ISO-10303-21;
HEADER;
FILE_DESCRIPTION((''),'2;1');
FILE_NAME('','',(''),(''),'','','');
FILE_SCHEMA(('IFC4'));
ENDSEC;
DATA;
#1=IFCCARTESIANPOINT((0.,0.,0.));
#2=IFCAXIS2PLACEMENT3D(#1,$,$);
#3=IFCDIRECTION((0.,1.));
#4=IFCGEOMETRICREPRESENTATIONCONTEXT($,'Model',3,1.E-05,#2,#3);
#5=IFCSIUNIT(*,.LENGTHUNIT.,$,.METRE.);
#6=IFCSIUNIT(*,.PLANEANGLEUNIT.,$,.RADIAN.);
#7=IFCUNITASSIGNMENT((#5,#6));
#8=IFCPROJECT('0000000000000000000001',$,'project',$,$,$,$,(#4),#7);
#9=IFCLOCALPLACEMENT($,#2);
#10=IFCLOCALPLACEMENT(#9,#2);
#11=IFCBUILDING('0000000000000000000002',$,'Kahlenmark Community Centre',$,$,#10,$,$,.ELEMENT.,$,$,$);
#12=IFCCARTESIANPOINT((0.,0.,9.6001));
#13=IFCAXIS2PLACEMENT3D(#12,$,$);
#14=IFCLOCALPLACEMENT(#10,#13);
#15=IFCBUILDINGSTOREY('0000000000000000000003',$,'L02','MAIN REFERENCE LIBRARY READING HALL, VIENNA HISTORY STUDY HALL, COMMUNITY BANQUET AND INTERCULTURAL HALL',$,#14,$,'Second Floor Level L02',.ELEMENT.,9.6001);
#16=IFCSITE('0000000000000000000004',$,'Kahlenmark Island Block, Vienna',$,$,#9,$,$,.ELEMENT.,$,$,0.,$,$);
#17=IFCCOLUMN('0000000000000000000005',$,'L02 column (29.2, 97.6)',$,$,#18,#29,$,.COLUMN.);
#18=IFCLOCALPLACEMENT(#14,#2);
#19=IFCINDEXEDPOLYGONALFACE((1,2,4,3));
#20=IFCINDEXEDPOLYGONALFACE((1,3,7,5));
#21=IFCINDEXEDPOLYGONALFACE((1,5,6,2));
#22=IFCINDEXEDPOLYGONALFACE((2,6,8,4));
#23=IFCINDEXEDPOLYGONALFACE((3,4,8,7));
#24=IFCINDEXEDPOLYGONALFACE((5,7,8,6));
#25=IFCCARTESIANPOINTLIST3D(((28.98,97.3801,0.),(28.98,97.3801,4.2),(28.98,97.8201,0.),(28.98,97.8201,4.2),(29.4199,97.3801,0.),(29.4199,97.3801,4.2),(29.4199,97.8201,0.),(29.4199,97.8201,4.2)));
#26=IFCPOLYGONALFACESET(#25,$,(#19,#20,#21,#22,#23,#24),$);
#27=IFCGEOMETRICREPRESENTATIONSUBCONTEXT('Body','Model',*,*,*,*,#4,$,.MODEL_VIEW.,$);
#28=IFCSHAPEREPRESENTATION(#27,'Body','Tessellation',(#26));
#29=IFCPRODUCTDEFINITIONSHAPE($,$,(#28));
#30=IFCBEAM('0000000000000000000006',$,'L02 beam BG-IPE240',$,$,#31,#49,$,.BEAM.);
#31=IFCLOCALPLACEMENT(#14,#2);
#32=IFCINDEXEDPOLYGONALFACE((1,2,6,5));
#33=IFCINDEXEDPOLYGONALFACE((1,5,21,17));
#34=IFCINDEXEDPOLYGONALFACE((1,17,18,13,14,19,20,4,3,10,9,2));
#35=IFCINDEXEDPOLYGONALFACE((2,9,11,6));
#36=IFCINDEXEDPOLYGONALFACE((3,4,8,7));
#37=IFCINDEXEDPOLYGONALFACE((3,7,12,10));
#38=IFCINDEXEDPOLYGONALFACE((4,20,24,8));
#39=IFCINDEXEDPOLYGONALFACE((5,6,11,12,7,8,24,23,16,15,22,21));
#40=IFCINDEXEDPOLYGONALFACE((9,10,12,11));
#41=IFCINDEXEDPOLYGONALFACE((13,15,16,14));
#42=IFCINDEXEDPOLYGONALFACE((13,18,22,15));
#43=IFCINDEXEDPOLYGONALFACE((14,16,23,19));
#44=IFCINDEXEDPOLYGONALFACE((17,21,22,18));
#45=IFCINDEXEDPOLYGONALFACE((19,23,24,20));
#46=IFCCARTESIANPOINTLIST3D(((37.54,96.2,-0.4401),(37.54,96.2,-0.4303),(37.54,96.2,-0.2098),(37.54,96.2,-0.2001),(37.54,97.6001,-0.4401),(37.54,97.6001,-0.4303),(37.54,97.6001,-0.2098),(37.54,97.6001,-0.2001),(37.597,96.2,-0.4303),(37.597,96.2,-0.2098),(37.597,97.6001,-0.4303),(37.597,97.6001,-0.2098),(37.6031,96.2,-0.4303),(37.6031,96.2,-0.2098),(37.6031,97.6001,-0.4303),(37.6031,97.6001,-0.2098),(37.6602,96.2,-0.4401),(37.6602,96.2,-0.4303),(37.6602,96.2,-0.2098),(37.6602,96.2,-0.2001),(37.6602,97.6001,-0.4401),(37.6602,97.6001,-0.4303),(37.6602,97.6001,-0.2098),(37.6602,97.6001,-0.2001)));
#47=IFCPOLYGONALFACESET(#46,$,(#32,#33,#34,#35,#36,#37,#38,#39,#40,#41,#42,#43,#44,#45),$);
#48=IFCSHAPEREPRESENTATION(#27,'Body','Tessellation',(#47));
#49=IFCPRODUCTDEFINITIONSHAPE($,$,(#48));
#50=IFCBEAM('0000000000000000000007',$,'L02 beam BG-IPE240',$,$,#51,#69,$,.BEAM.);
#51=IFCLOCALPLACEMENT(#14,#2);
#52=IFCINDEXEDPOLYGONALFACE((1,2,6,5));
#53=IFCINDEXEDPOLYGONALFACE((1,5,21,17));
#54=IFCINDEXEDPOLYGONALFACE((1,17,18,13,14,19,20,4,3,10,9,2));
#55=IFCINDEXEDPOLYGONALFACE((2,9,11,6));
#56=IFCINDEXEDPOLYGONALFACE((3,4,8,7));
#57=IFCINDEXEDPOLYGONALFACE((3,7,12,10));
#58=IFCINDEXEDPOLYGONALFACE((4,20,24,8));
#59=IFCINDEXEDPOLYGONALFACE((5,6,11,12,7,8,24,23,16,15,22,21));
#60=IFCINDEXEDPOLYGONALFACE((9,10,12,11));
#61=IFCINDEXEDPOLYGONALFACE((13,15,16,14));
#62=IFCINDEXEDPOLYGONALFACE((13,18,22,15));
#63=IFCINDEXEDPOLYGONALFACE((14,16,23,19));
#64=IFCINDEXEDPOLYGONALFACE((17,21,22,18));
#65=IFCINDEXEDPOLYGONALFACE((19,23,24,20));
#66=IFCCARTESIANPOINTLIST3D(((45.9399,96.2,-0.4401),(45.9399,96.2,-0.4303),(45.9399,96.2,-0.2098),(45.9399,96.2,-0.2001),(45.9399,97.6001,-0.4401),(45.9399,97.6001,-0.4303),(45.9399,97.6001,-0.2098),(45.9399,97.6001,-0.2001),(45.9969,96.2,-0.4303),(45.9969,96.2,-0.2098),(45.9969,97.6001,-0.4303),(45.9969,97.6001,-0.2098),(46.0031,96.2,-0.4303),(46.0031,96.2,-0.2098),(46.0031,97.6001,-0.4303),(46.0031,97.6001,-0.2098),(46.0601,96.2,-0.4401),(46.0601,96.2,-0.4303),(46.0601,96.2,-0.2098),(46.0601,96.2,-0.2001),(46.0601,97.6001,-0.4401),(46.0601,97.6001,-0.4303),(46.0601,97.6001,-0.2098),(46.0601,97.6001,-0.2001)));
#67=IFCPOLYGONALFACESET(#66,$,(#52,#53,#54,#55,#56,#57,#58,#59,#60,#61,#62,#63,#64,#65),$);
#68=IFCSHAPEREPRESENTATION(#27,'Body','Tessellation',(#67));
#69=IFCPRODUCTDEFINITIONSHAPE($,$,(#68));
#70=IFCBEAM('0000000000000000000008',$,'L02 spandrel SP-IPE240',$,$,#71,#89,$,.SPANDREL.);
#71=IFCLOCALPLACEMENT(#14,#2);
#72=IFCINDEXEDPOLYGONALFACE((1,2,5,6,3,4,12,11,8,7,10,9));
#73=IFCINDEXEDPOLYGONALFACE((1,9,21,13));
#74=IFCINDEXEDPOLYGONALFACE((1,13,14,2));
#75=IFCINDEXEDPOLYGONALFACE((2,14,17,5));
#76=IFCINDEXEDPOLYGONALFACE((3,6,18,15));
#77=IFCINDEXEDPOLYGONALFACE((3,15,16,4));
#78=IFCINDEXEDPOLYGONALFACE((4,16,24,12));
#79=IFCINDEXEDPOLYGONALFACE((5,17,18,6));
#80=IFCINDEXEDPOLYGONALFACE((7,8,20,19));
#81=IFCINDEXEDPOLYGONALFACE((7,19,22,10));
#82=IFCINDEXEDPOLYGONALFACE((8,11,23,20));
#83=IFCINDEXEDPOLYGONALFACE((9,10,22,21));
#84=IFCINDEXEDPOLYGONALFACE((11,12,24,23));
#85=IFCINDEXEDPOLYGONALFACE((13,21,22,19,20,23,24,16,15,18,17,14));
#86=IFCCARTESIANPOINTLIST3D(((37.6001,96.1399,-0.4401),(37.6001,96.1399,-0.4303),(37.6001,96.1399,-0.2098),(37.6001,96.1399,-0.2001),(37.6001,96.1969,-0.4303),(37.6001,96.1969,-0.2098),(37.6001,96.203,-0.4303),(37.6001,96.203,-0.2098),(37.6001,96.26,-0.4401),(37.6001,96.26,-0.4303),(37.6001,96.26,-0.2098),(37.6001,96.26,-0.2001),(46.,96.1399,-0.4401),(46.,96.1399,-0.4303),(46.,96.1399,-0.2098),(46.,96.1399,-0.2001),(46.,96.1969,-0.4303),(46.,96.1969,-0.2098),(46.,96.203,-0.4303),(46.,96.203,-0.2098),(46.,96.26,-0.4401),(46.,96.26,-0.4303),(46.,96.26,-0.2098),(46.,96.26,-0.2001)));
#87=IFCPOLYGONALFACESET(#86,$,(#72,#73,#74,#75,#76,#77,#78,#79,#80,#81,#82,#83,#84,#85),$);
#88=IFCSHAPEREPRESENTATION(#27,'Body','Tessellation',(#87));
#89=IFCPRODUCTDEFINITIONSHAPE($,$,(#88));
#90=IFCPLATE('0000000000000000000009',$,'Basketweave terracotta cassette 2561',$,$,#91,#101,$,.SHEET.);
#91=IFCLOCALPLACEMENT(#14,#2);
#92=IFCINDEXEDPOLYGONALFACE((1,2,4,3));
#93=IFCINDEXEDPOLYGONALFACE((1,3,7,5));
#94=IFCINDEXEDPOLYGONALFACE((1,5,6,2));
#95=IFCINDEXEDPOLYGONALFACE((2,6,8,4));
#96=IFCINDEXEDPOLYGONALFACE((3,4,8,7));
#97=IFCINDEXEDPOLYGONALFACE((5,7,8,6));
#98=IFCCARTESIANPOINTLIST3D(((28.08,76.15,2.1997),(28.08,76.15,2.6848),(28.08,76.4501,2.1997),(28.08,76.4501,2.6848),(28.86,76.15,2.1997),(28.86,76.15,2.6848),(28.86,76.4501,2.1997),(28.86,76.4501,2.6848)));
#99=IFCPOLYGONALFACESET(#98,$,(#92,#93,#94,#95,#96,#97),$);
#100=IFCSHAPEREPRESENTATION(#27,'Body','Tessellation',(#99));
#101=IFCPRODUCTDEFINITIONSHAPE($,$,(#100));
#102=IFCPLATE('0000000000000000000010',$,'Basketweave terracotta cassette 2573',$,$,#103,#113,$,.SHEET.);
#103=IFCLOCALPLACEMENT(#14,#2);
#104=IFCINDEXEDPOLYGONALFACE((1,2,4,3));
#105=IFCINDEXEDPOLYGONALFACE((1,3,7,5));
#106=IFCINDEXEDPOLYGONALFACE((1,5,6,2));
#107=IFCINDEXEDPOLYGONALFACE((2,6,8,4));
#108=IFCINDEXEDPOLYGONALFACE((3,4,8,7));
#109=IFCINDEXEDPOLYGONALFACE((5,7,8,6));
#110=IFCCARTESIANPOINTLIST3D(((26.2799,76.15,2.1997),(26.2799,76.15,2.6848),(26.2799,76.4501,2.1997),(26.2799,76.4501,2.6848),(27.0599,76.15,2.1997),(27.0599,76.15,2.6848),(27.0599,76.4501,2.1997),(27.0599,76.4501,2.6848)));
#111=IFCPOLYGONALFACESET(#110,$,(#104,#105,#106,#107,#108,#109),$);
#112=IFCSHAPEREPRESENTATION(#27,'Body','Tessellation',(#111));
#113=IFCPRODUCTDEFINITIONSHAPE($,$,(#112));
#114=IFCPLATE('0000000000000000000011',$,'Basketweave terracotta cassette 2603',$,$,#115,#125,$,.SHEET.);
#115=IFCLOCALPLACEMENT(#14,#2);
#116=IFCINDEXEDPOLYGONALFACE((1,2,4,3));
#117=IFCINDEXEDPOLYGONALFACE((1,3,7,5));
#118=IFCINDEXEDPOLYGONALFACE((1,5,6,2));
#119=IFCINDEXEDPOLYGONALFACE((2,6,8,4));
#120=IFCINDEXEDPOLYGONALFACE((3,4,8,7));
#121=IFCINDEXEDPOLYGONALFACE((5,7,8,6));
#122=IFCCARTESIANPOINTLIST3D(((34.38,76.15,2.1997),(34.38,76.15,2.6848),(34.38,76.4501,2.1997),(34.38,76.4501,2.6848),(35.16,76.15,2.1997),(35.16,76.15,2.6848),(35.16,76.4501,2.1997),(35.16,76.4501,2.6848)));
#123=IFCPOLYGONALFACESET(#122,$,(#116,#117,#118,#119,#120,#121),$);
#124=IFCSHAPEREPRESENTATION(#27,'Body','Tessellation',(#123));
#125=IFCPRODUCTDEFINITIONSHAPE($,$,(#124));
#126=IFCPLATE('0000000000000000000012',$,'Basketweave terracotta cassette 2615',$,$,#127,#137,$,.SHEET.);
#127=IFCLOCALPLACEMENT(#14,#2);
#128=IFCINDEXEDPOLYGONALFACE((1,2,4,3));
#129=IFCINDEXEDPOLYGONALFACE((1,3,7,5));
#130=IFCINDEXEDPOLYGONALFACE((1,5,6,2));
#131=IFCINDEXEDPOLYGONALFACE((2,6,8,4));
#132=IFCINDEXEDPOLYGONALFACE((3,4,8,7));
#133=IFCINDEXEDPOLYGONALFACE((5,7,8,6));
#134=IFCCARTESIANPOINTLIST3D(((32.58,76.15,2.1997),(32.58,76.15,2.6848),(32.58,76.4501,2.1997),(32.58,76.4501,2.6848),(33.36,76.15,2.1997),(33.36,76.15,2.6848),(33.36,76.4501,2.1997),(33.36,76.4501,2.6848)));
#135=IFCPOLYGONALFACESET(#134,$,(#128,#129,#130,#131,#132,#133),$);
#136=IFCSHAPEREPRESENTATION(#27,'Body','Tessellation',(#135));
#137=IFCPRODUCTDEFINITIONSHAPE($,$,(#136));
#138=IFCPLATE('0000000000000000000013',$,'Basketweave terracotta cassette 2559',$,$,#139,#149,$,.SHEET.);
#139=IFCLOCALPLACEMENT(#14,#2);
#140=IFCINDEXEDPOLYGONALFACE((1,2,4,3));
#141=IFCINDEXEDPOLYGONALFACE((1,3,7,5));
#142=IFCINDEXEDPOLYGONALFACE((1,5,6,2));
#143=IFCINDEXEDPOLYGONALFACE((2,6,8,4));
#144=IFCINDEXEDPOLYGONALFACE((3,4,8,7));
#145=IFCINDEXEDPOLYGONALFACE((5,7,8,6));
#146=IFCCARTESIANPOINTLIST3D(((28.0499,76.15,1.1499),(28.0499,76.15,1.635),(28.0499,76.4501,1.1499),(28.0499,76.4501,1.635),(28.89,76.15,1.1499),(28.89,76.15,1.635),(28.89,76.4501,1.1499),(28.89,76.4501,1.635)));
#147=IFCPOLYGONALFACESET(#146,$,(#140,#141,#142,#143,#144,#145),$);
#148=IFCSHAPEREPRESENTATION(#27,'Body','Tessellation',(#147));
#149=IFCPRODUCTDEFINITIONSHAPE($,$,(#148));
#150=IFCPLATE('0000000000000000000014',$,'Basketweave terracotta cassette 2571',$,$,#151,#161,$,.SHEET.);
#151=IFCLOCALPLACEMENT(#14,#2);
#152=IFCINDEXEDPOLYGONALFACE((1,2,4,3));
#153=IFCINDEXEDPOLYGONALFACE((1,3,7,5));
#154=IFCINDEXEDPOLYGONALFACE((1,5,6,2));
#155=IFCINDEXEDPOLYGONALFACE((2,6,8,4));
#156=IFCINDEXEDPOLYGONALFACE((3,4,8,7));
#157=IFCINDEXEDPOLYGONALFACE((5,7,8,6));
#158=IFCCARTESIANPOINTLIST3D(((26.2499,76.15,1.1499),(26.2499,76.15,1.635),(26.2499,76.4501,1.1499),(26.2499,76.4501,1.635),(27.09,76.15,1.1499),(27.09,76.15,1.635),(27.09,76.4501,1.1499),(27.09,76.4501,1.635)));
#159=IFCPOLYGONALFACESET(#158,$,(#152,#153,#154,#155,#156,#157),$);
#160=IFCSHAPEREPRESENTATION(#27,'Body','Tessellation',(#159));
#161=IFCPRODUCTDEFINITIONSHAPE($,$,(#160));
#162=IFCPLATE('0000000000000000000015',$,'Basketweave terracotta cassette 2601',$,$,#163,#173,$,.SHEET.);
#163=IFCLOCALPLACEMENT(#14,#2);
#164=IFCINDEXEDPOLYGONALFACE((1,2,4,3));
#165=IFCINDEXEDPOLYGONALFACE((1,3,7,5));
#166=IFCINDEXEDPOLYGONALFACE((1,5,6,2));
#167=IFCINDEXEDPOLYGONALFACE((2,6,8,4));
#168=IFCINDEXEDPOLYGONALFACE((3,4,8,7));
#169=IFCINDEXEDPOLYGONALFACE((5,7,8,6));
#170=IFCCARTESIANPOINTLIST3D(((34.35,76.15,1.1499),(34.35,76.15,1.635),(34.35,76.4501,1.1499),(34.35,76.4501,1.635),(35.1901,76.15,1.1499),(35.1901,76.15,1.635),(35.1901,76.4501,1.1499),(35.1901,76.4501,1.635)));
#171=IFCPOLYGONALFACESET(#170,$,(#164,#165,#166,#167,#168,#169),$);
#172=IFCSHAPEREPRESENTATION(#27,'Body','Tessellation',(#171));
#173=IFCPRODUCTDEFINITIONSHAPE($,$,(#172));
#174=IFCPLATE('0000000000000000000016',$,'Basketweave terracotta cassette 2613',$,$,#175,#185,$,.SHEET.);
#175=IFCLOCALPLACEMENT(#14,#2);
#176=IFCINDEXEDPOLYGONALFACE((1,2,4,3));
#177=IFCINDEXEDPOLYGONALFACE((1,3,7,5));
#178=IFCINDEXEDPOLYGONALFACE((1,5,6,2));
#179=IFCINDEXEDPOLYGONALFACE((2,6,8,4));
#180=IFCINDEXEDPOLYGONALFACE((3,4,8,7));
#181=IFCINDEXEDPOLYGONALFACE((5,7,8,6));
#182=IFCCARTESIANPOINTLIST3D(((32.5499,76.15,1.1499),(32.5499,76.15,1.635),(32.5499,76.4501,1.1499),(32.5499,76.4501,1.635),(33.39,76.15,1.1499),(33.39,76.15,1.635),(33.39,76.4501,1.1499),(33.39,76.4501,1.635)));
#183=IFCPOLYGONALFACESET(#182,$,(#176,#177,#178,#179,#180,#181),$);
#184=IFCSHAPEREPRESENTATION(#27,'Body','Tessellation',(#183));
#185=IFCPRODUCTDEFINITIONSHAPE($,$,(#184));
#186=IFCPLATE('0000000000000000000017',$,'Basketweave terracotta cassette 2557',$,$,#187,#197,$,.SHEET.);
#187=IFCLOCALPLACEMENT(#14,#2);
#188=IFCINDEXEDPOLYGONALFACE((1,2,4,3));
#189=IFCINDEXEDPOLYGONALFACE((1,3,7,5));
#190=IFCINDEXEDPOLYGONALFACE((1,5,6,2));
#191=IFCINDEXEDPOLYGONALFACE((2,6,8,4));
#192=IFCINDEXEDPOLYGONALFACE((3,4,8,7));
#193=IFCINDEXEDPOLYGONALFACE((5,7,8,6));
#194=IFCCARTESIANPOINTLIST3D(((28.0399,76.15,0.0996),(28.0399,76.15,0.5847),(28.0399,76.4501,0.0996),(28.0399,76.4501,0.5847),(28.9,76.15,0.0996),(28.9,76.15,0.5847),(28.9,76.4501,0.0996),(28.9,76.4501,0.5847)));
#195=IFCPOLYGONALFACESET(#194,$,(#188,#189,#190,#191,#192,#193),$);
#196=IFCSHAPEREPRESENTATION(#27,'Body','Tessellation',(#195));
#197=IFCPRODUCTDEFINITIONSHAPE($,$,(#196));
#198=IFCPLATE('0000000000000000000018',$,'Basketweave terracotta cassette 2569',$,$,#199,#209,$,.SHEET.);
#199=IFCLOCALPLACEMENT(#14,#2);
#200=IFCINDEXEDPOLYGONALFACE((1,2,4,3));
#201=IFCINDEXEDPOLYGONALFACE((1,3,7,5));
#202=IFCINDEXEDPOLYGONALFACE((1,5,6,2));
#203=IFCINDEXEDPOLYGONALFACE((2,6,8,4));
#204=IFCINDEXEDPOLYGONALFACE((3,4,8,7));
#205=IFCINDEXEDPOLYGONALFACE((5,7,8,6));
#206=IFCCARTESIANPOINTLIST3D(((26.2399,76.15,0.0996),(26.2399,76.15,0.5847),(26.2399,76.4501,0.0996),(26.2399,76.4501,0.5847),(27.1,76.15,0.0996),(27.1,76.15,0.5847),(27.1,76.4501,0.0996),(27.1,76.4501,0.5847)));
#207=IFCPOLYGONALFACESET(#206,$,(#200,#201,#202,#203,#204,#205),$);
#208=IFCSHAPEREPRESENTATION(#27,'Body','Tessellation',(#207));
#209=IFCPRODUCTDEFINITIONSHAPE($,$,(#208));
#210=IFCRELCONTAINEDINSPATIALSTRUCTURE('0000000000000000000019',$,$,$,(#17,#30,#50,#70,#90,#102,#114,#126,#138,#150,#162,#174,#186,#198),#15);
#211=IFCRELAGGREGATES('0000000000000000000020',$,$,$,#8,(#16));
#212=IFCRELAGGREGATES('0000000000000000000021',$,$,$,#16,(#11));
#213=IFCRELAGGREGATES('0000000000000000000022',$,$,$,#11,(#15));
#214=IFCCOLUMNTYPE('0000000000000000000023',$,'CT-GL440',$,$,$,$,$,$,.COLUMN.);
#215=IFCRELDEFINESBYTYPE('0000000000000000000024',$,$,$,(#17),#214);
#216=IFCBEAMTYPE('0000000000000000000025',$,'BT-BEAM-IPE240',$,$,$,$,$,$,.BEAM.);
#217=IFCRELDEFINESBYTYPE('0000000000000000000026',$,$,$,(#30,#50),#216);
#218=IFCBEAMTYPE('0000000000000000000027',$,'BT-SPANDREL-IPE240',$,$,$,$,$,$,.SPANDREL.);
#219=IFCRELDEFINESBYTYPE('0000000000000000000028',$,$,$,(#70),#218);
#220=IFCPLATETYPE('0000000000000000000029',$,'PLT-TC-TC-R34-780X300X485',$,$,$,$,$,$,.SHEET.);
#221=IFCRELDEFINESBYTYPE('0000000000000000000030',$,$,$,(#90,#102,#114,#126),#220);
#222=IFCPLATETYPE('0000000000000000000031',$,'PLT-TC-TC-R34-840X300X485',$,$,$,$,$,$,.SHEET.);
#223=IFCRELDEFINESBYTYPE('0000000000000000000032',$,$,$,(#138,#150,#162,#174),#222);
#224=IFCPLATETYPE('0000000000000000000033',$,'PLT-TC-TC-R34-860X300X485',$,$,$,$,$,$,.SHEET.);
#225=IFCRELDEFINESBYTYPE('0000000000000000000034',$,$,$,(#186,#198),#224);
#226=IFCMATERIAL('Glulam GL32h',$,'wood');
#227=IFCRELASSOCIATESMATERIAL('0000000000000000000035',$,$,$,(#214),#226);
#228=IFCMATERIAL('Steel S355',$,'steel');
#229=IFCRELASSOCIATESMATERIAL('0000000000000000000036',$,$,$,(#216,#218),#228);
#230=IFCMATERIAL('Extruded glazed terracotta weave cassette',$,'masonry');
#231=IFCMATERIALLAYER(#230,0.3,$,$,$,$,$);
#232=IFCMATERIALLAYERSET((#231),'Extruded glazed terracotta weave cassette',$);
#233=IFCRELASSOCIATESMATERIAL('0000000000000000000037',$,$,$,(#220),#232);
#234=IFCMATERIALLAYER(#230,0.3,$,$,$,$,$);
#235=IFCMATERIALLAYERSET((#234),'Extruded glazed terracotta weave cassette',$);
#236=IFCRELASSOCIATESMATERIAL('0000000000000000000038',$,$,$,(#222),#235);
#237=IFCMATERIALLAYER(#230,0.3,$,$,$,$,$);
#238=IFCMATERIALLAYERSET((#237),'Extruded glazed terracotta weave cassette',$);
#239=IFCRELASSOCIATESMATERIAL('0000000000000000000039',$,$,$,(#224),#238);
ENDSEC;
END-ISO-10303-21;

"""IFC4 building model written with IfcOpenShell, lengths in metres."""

from ifc_helpers import new_model, si_unit, direction, frame, origin, origin_2d, place, context, subcontext, project, spatial, rectangle, i_section, extrude, material, layer, layer_set, material_profile, profile_set, type_object, element, save


model = new_model("IFC4")

# Units and contexts
model_context = context("Model", 3, precision=1e-05, world=origin(), true_north=direction((0.0, 1.0)))
body_context = subcontext(model_context, "Body", "Model", "MODEL_VIEW")
ifc_project = project(units=[si_unit("LENGTHUNIT", "METRE"), si_unit("PLANEANGLEUNIT", "RADIAN")], contexts=[model_context])

# Site, building, storey
site_placement = place(None, origin())
site = spatial("IfcSite", under=ifc_project, at=site_placement, Name="Kahlenmark Island Block, Vienna", CompositionType="ELEMENT", RefElevation=0.0)
building_placement = place(site_placement, origin())
building = spatial("IfcBuilding", under=site, at=building_placement, Name="Kahlenmark Community Centre", CompositionType="ELEMENT")
storey_placement = place(building_placement, frame((0.0, 0.0, 9.6001)))
storey = spatial("IfcBuildingStorey", under=building, at=storey_placement, Name="L02", Description="MAIN REFERENCE LIBRARY READING HALL, VIENNA HISTORY STUDY HALL, COMMUNITY BANQUET AND INTERCULTURAL HALL", LongName="Second Floor Level L02", CompositionType="ELEMENT", Elevation=9.6001)

# Column
ifc_material_1 = material(Name="Glulam GL32h", Category="wood")
ifc_material_profile_1 = material_profile(ifc_material_1, rectangle(XDim=0.4399, YDim=0.4399, at=origin_2d()), Name="GL32h 440x440")
ifc_profile_set_1 = profile_set([ifc_material_profile_1], Name="Glulam GL32h")
column_type = type_object("IfcColumnType", Name="CT-GL440", PredefinedType="COLUMN", material=ifc_profile_set_1)
column_placement = place(storey_placement, frame((29.2, 97.6001, 0.0), z_axis=(0.0, 0.0, 1.0), x_axis=(1.0, 0.0, 0.0)))
element("IfcColumn", 1, at=column_placement, inside=storey, type_object=column_type, Name="L02 column (29.2, 97.6)", PredefinedType="COLUMN", context=body_context, shape_type="SweptSolid", body=[
    extrude(rectangle(XDim=0.4399, YDim=0.4399, at=origin_2d()), origin(), (0.0, 0.0, 1.0), 4.2),
])

# Beams
ifc_material_2 = material(Name="Steel S355", Category="steel")
ifc_material_profile_2 = material_profile(ifc_material_2, i_section(OverallWidth=0.1201, OverallDepth=0.24, WebThickness=0.0061, FlangeThickness=0.0098, at=origin_2d()), Name="IPE 240")
ifc_profile_set_2 = profile_set([ifc_material_profile_2], Name="Steel S355")
beam_type_1 = type_object("IfcBeamType", Name="BT-BEAM-IPE240", PredefinedType="BEAM", material=ifc_profile_set_2)
for number, where, z_axis, x_axis, name in (
    (2, (37.6001, 96.2, -0.3201), (0.0, 1.0, 0.0), (-1.0, 0.0, 0.0), "L02 beam BG-IPE240"),
    (3, (46.0, 96.2, -0.3201), (0.0, 1.0, 0.0), (-1.0, 0.0, 0.0), "L02 beam BG-IPE240"),
):
    element("IfcBeam", number, at=place(storey_placement, frame(where, z_axis=z_axis, x_axis=x_axis)), inside=storey, type_object=beam_type_1, Name=name, PredefinedType="BEAM", context=body_context, shape_type="SweptSolid", body=[
        extrude(i_section(OverallWidth=0.1201, OverallDepth=0.24, WebThickness=0.0061, FlangeThickness=0.0098, at=origin_2d()), origin(), (0.0, 0.0, 1.0), 1.4001),
    ])
ifc_material_profile_3 = material_profile(ifc_material_2, i_section(OverallWidth=0.1201, OverallDepth=0.24, WebThickness=0.0061, FlangeThickness=0.0098, at=origin_2d()), Name="IPE 240")
ifc_profile_set_3 = profile_set([ifc_material_profile_3], Name="Steel S355")
beam_type_2 = type_object("IfcBeamType", Name="BT-SPANDREL-IPE240", PredefinedType="SPANDREL", material=ifc_profile_set_3)
beam_placement = place(storey_placement, frame((37.6001, 96.2, -0.3201), z_axis=(1.0, 0.0, 0.0), x_axis=(0.0, 1.0, 0.0)))
element("IfcBeam", 4, at=beam_placement, inside=storey, type_object=beam_type_2, Name="L02 spandrel SP-IPE240", PredefinedType="SPANDREL", context=body_context, shape_type="SweptSolid", body=[
    extrude(i_section(OverallWidth=0.1201, OverallDepth=0.24, WebThickness=0.0061, FlangeThickness=0.0098, at=origin_2d()), origin(), (0.0, 0.0, 1.0), 8.3999),
])

# Plates
ifc_material_3 = material(Name="Extruded glazed terracotta weave cassette", Category="masonry")
ifc_layer_1 = layer(ifc_material_3, 0.3)
ifc_layer_set_1 = layer_set([ifc_layer_1], Name="Extruded glazed terracotta weave cassette")
plate_type_1 = type_object("IfcPlateType", Name="PLT-TC-TC-R34-780X300X485", PredefinedType="SHEET", material=ifc_layer_set_1)
for number, where, z_axis, x_axis, name in (
    (5, (28.47, 76.3, 2.1997), (0.0, 0.0, 1.0), (-1.0, 0.0, 0.0), "Basketweave terracotta cassette 2561"),
    (6, (26.6699, 76.3, 2.1997), (0.0, 0.0, 1.0), (-1.0, 0.0, 0.0), "Basketweave terracotta cassette 2573"),
    (7, (34.77, 76.3, 2.1997), (0.0, 0.0, 1.0), (-1.0, 0.0, 0.0), "Basketweave terracotta cassette 2603"),
    (8, (32.97, 76.3, 2.1997), (0.0, 0.0, 1.0), (-1.0, 0.0, 0.0), "Basketweave terracotta cassette 2615"),
):
    element("IfcPlate", number, at=place(storey_placement, frame(where, z_axis=z_axis, x_axis=x_axis)), inside=storey, type_object=plate_type_1, Name=name, PredefinedType="SHEET", context=body_context, shape_type="SweptSolid", body=[
        extrude(rectangle(XDim=0.78, YDim=0.3, at=origin_2d()), origin(), (0.0, 0.0, 1.0), 0.4851),
    ])
ifc_layer_2 = layer(ifc_material_3, 0.3)
ifc_layer_set_2 = layer_set([ifc_layer_2], Name="Extruded glazed terracotta weave cassette")
plate_type_2 = type_object("IfcPlateType", Name="PLT-TC-TC-R34-840X300X485", PredefinedType="SHEET", material=ifc_layer_set_2)
for number, where, z_axis, x_axis, name in (
    (9, (28.47, 76.3, 1.1499), (0.0, 0.0, 1.0), (-1.0, 0.0, 0.0), "Basketweave terracotta cassette 2559"),
    (10, (26.6699, 76.3, 1.1499), (0.0, 0.0, 1.0), (-1.0, 0.0, 0.0), "Basketweave terracotta cassette 2571"),
    (11, (34.77, 76.3, 1.1499), (0.0, 0.0, 1.0), (-1.0, 0.0, 0.0), "Basketweave terracotta cassette 2601"),
    (12, (32.97, 76.3, 1.1499), (0.0, 0.0, 1.0), (-1.0, 0.0, 0.0), "Basketweave terracotta cassette 2613"),
):
    element("IfcPlate", number, at=place(storey_placement, frame(where, z_axis=z_axis, x_axis=x_axis)), inside=storey, type_object=plate_type_2, Name=name, PredefinedType="SHEET", context=body_context, shape_type="SweptSolid", body=[
        extrude(rectangle(XDim=0.8401, YDim=0.3, at=origin_2d()), origin(), (0.0, 0.0, 1.0), 0.4851),
    ])
ifc_layer_3 = layer(ifc_material_3, 0.3)
ifc_layer_set_3 = layer_set([ifc_layer_3], Name="Extruded glazed terracotta weave cassette")
plate_type_3 = type_object("IfcPlateType", Name="PLT-TC-TC-R34-860X300X485", PredefinedType="SHEET", material=ifc_layer_set_3)
for number, where, z_axis, x_axis, name in (
    (13, (28.47, 76.3, 0.0996), (0.0, 0.0, 1.0), (-1.0, 0.0, 0.0), "Basketweave terracotta cassette 2557"),
    (14, (26.6699, 76.3, 0.0996), (0.0, 0.0, 1.0), (-1.0, 0.0, 0.0), "Basketweave terracotta cassette 2569"),
):
    element("IfcPlate", number, at=place(storey_placement, frame(where, z_axis=z_axis, x_axis=x_axis)), inside=storey, type_object=plate_type_3, Name=name, PredefinedType="SHEET", context=body_context, shape_type="SweptSolid", body=[
        extrude(rectangle(XDim=0.8601, YDim=0.3, at=origin_2d()), origin(), (0.0, 0.0, 1.0), 0.4851),
    ])

save(model, "model.ifc")
